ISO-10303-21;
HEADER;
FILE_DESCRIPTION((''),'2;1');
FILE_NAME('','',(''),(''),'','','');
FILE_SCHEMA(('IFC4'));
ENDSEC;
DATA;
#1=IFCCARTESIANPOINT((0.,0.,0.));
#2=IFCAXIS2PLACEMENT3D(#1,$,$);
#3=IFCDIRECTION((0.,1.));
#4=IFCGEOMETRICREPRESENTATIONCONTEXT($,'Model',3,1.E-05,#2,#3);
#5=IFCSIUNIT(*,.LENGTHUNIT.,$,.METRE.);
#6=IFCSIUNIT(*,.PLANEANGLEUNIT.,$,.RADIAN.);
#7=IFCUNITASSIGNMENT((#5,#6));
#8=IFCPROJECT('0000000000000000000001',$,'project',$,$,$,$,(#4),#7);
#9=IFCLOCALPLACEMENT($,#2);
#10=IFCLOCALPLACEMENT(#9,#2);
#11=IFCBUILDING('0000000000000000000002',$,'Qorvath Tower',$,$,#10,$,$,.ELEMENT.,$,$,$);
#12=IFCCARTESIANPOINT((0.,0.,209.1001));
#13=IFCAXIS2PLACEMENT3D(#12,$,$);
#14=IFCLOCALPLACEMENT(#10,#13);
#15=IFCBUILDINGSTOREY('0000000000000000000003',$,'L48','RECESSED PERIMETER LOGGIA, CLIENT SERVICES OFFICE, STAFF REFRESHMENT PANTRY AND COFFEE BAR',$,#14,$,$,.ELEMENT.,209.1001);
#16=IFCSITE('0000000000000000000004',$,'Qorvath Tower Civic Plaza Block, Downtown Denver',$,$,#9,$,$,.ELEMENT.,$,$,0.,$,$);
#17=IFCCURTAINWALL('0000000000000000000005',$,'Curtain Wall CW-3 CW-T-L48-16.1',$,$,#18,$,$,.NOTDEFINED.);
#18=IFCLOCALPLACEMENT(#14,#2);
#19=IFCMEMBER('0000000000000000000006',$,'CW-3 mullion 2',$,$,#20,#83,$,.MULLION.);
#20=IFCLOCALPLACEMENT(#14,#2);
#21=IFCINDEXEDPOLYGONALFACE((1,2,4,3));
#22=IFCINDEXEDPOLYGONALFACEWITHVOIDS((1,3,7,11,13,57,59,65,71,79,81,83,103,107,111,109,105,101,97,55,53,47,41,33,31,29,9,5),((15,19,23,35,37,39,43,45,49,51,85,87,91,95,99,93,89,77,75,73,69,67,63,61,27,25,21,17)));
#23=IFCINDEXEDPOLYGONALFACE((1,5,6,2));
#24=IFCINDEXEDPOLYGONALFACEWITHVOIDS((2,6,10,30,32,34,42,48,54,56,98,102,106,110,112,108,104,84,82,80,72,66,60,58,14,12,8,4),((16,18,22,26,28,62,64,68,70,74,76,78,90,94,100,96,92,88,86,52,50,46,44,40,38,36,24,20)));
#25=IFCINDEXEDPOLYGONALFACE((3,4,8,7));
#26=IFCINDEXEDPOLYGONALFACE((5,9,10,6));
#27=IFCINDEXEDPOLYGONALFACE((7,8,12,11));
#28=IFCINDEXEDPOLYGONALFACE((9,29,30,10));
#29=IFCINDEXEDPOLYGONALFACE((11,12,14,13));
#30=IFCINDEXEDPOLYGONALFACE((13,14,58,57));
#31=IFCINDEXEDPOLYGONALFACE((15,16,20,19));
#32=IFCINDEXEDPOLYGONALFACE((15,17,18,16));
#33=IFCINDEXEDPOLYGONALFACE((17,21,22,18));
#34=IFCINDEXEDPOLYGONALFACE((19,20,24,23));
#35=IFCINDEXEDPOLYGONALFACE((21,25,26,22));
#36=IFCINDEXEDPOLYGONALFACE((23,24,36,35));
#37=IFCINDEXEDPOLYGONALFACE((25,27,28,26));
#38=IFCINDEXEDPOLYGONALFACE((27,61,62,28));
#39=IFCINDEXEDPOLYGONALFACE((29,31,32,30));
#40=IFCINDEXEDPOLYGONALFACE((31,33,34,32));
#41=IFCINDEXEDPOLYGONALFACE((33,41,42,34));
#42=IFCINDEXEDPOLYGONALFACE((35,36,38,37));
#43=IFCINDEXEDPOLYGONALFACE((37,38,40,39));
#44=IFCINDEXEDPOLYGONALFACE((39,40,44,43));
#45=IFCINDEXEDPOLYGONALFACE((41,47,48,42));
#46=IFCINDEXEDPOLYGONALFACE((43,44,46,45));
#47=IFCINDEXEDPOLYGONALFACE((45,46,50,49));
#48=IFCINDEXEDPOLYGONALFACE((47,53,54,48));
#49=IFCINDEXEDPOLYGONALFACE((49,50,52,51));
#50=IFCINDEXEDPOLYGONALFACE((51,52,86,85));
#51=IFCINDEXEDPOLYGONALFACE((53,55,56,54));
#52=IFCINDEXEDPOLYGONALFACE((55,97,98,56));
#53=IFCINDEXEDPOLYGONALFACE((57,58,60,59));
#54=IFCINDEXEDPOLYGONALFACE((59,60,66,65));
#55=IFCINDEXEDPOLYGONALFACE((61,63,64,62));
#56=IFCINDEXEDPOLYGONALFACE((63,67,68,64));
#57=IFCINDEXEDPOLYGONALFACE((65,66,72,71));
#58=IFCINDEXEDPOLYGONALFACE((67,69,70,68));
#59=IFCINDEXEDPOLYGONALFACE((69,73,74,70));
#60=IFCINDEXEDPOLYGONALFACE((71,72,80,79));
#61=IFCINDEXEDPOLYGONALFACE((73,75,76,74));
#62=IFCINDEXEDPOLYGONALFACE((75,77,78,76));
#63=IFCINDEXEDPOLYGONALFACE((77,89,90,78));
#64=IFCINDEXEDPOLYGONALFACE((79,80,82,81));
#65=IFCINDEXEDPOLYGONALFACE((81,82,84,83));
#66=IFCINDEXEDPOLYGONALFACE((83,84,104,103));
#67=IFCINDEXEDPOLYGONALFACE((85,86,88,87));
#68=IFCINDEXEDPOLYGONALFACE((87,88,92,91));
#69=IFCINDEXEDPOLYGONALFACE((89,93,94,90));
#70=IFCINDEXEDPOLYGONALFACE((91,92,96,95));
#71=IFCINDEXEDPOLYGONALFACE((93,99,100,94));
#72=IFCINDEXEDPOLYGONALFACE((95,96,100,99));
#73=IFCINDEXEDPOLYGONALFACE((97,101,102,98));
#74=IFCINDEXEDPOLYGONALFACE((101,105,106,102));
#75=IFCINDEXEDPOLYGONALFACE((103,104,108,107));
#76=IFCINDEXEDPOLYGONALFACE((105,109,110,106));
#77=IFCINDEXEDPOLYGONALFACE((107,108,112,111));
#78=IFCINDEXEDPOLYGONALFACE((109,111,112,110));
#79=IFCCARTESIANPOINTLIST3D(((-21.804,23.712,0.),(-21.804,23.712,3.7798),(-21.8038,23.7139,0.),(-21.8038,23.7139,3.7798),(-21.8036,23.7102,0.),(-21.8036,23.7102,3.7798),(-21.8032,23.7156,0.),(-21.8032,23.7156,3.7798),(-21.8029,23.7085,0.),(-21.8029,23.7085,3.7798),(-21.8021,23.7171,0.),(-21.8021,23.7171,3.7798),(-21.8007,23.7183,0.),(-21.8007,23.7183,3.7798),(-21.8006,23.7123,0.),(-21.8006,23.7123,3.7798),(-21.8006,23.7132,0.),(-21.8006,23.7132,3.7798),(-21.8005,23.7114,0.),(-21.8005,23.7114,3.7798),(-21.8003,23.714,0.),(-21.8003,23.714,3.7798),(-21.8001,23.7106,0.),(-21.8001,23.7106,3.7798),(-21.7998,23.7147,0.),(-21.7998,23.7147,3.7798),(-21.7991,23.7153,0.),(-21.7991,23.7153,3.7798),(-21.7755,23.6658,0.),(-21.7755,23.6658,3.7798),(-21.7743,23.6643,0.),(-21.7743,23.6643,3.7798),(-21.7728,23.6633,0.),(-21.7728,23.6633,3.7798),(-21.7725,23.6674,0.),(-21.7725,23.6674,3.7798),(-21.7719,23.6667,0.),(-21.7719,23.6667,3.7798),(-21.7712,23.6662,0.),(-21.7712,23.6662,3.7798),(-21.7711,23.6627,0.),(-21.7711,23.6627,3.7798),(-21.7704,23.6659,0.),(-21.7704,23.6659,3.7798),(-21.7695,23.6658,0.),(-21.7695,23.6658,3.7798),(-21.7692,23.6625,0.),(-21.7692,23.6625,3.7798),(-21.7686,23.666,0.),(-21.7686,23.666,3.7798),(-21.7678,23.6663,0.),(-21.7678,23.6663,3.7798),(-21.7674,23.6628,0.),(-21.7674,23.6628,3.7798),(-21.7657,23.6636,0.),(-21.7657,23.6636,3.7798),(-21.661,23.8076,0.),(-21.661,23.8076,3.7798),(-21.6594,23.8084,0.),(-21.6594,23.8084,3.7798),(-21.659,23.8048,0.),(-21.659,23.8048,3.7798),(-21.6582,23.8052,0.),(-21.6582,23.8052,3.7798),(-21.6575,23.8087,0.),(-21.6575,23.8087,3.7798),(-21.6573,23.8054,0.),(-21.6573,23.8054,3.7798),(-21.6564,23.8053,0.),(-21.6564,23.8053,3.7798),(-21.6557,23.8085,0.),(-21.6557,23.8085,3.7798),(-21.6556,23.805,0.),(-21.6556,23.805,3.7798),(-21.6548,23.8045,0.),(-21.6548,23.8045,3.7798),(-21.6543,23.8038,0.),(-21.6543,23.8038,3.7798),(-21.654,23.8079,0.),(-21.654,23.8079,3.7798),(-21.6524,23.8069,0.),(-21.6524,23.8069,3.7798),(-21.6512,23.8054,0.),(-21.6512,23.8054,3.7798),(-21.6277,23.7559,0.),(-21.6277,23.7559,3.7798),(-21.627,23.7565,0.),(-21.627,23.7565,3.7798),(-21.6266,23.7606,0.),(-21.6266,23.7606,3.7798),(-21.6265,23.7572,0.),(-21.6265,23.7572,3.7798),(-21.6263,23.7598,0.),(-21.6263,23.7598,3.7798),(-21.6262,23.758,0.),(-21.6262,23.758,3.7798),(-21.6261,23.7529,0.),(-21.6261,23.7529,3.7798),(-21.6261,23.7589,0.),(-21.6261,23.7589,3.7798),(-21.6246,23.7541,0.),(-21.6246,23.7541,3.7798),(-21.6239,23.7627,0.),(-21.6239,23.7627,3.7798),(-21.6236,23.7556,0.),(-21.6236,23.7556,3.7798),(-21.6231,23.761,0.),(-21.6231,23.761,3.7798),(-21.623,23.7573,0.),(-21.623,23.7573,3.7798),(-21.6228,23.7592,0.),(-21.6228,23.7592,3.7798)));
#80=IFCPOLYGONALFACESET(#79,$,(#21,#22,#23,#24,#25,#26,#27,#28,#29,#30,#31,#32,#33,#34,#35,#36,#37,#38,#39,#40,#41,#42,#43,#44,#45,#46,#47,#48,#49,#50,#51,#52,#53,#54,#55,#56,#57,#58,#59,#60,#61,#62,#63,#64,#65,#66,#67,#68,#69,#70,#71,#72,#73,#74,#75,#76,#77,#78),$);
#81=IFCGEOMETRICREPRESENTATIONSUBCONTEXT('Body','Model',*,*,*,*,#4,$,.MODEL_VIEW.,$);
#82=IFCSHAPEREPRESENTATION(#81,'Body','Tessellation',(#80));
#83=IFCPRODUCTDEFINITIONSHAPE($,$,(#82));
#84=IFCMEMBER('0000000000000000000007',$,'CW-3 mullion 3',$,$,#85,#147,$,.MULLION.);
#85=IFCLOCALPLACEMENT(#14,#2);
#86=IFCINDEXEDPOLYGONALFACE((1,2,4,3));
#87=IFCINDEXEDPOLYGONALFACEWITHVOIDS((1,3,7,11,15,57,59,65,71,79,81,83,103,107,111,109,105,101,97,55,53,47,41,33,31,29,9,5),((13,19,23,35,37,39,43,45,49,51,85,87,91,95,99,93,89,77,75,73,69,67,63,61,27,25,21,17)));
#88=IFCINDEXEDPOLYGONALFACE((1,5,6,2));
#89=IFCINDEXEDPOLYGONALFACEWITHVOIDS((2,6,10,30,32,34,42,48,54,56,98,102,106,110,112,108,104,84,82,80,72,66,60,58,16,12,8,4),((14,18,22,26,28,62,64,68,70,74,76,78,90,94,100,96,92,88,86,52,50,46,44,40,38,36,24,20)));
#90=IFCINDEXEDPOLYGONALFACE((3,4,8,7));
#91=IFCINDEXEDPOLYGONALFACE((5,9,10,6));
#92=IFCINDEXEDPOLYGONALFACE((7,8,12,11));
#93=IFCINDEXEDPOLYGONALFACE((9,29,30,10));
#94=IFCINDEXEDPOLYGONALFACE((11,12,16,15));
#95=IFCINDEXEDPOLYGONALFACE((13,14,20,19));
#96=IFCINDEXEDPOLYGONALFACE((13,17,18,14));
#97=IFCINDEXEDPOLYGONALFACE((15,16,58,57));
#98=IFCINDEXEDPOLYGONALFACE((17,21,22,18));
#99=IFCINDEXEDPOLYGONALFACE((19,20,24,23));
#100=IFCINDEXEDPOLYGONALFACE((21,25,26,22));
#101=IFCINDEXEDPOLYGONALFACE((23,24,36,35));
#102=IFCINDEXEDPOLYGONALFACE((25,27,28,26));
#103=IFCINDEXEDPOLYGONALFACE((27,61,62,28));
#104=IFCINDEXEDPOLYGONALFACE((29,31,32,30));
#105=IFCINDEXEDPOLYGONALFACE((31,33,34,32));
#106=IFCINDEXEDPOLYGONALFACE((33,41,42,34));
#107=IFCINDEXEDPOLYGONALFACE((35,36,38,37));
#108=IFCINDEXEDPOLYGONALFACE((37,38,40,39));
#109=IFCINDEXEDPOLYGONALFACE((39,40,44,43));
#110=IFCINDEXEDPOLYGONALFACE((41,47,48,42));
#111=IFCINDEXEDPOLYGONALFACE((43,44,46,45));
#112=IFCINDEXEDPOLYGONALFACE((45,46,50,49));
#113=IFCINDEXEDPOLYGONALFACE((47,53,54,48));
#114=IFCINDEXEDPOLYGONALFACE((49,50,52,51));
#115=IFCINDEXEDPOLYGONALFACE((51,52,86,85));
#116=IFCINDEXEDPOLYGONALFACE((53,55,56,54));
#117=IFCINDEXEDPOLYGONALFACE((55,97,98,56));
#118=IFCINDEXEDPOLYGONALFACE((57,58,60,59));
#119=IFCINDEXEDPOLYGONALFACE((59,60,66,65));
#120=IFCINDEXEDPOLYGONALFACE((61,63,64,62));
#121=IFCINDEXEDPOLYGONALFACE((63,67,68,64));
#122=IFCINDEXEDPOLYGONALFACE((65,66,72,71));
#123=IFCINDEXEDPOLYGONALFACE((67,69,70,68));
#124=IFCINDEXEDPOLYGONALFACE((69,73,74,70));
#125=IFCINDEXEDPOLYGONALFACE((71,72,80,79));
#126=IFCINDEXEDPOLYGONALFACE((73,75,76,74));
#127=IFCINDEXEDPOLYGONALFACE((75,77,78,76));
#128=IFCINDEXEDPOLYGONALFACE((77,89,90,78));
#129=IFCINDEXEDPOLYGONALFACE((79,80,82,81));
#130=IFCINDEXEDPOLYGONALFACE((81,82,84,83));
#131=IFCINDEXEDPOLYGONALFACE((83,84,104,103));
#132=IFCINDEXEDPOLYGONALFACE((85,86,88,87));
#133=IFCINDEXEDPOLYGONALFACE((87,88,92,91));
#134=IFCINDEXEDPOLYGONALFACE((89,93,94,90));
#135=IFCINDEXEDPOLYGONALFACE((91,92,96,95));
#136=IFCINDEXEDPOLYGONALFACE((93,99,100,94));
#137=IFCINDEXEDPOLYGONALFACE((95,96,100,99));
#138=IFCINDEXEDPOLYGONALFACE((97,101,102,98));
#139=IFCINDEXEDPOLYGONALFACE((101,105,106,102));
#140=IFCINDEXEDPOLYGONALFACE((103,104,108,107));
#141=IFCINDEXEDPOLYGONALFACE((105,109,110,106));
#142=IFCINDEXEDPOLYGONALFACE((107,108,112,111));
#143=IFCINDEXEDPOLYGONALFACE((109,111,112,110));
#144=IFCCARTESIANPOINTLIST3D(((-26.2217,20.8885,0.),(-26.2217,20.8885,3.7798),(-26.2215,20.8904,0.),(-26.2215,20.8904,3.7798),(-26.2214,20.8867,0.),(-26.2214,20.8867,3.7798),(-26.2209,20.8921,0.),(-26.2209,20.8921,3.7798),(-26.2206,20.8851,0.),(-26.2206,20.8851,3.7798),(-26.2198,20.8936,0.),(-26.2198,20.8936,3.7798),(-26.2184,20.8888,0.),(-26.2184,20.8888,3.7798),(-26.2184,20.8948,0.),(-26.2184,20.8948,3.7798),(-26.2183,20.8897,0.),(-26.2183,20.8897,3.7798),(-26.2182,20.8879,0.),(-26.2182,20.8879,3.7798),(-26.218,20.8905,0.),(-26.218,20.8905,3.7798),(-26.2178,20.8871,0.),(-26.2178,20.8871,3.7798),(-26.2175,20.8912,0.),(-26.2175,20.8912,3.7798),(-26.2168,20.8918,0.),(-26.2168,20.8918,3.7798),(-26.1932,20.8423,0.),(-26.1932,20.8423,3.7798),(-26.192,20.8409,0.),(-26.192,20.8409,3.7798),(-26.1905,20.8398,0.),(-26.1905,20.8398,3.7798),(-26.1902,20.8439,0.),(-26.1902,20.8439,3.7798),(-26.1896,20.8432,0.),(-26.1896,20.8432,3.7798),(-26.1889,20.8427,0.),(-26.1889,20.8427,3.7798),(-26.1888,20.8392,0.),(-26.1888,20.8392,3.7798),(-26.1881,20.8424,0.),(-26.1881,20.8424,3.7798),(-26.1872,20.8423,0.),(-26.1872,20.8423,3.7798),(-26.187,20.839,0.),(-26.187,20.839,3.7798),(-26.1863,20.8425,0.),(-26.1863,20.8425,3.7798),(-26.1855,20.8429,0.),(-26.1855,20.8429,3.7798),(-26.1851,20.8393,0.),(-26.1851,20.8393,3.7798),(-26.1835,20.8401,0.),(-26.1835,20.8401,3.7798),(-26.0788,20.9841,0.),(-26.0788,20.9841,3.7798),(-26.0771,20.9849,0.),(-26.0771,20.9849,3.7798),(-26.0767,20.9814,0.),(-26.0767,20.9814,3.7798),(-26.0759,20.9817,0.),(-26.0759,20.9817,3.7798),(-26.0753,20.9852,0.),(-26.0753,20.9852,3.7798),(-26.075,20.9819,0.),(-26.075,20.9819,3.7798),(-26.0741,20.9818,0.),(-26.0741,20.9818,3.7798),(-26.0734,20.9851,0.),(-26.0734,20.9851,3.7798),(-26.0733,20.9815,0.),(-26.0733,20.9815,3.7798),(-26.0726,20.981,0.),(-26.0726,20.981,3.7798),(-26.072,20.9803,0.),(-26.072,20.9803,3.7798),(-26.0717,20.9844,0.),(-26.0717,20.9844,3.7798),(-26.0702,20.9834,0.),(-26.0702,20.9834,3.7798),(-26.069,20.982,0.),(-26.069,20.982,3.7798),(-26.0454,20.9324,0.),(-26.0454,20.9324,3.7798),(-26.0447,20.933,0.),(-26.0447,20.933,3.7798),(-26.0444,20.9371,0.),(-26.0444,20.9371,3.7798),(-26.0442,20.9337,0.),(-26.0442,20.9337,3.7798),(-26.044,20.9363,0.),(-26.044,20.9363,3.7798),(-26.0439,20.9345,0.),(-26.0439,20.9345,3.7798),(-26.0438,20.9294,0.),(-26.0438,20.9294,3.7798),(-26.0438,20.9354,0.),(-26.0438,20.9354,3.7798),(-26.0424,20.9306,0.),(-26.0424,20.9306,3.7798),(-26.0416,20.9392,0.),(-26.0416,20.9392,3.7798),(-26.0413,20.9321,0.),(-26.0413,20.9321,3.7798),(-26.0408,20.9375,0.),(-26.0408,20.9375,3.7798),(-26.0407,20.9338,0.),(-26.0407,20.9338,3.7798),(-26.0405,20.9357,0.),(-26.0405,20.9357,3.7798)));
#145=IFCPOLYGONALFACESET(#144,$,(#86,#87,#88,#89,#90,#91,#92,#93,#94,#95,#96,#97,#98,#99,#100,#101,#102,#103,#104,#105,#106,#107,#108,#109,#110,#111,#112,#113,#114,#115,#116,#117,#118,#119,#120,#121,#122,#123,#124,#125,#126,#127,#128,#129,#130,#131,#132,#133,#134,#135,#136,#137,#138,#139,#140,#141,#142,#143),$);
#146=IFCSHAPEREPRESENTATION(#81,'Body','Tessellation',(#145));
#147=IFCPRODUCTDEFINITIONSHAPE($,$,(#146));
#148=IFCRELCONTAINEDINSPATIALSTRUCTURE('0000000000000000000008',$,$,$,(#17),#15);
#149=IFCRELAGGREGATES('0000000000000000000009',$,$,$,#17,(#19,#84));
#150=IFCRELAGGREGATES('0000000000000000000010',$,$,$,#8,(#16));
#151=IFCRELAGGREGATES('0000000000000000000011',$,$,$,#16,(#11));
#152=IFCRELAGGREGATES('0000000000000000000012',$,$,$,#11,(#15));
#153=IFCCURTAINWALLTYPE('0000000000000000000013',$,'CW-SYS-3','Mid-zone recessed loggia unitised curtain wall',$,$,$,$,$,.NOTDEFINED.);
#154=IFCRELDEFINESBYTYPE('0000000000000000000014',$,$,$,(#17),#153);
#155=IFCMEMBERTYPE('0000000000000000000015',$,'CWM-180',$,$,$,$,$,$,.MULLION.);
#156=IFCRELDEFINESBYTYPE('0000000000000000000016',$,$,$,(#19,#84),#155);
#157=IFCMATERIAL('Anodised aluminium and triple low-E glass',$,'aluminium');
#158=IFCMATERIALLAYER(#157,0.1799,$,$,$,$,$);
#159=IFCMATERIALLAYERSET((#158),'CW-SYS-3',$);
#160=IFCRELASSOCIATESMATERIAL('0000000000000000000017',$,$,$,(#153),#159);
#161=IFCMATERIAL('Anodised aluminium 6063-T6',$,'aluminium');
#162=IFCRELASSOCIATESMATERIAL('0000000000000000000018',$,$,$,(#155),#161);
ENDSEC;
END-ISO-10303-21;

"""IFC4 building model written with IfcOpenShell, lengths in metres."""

from ifc_helpers import new_model, si_unit, direction, frame, origin, origin_2d, place, context, subcontext, project, spatial, hollow_rectangle, extrude, material, layer, layer_set, material_profile, profile_set, type_object, element, aggregate, save


model = new_model("IFC4")

# Units and contexts
model_context = context("Model", 3, precision=1e-05, world=origin(), true_north=direction((0.0, 1.0)))
body_context = subcontext(model_context, "Body", "Model", "MODEL_VIEW")
ifc_project = project(units=[si_unit("LENGTHUNIT", "METRE"), si_unit("PLANEANGLEUNIT", "RADIAN")], contexts=[model_context])

# Site, building, storey
site_placement = place(None, origin())
site = spatial("IfcSite", under=ifc_project, at=site_placement, Name="Qorvath Tower Civic Plaza Block, Downtown Denver", CompositionType="ELEMENT", RefElevation=0.0)
building_placement = place(site_placement, origin())
building = spatial("IfcBuilding", under=site, at=building_placement, Name="Qorvath Tower", CompositionType="ELEMENT")
storey_placement = place(building_placement, frame((0.0, 0.0, 209.1001)))
storey = spatial("IfcBuildingStorey", under=building, at=storey_placement, Name="L48", Description="RECESSED PERIMETER LOGGIA, CLIENT SERVICES OFFICE, STAFF REFRESHMENT PANTRY AND COFFEE BAR", CompositionType="ELEMENT", Elevation=209.1001)

# Curtain wall, members
ifc_material_1 = material(Name="Anodised aluminium and triple low-E glass", Category="aluminium")
ifc_layer_1 = layer(ifc_material_1, 0.1799)
ifc_layer_set_1 = layer_set([ifc_layer_1], Name="CW-SYS-3")
curtain_wall_type = type_object("IfcCurtainWallType", Name="CW-SYS-3", Description="Mid-zone recessed loggia unitised curtain wall", PredefinedType="NOTDEFINED", material=ifc_layer_set_1)
curtain_wall_placement = place(storey_placement, origin())
curtain_wall = element("IfcCurtainWall", 1, at=curtain_wall_placement, inside=storey, type_object=curtain_wall_type, Name="Curtain Wall CW-3 CW-T-L48-16.1", PredefinedType="NOTDEFINED")
ifc_material_2 = material(Name="Anodised aluminium 6063-T6", Category="aluminium")
ifc_material_profile_1 = material_profile(ifc_material_2, hollow_rectangle(XDim=0.0649, YDim=0.1799, WallThickness=0.0034, InnerFilletRadius=0.0034, OuterFilletRadius=0.0071, at=origin_2d()), Name="CWM 180x65")
ifc_profile_set_1 = profile_set([ifc_material_profile_1], Name="Anodised aluminium 6063-T6")
member_type_1 = type_object("IfcMemberType", Name="CWM-180", PredefinedType="MULLION", material=ifc_profile_set_1)
member_1_placement = place(storey_placement, frame((-21.7134, 23.7356, 0.0), z_axis=(0.0, 0.0, 1.0), x_axis=(0.538532, -0.842605, 0.0)))
member_1 = element("IfcMember", 2, at=member_1_placement, type_object=member_type_1, Name="CW-3 mullion 2", PredefinedType="MULLION", context=body_context, shape_type="SweptSolid", body=[
    extrude(hollow_rectangle(XDim=0.0649, YDim=0.1799, WallThickness=0.0034, InnerFilletRadius=0.0034, OuterFilletRadius=0.0071, at=origin_2d()), origin(), (0.0, 0.0, 1.0), 3.7798),
])
member_2_placement = place(storey_placement, frame((-26.1311, 20.9121, 0.0), z_axis=(0.0, 0.0, 1.0), x_axis=(0.538532, -0.842605, 0.0)))
member_2 = element("IfcMember", 3, at=member_2_placement, type_object=member_type_1, Name="CW-3 mullion 3", PredefinedType="MULLION", context=body_context, shape_type="SweptSolid", body=[
    extrude(hollow_rectangle(XDim=0.0649, YDim=0.1799, WallThickness=0.0034, InnerFilletRadius=0.0034, OuterFilletRadius=0.0071, at=origin_2d()), origin(), (0.0, 0.0, 1.0), 3.7798),
])
aggregate(curtain_wall, [member_1, member_2])

save(model, "model.ifc")
